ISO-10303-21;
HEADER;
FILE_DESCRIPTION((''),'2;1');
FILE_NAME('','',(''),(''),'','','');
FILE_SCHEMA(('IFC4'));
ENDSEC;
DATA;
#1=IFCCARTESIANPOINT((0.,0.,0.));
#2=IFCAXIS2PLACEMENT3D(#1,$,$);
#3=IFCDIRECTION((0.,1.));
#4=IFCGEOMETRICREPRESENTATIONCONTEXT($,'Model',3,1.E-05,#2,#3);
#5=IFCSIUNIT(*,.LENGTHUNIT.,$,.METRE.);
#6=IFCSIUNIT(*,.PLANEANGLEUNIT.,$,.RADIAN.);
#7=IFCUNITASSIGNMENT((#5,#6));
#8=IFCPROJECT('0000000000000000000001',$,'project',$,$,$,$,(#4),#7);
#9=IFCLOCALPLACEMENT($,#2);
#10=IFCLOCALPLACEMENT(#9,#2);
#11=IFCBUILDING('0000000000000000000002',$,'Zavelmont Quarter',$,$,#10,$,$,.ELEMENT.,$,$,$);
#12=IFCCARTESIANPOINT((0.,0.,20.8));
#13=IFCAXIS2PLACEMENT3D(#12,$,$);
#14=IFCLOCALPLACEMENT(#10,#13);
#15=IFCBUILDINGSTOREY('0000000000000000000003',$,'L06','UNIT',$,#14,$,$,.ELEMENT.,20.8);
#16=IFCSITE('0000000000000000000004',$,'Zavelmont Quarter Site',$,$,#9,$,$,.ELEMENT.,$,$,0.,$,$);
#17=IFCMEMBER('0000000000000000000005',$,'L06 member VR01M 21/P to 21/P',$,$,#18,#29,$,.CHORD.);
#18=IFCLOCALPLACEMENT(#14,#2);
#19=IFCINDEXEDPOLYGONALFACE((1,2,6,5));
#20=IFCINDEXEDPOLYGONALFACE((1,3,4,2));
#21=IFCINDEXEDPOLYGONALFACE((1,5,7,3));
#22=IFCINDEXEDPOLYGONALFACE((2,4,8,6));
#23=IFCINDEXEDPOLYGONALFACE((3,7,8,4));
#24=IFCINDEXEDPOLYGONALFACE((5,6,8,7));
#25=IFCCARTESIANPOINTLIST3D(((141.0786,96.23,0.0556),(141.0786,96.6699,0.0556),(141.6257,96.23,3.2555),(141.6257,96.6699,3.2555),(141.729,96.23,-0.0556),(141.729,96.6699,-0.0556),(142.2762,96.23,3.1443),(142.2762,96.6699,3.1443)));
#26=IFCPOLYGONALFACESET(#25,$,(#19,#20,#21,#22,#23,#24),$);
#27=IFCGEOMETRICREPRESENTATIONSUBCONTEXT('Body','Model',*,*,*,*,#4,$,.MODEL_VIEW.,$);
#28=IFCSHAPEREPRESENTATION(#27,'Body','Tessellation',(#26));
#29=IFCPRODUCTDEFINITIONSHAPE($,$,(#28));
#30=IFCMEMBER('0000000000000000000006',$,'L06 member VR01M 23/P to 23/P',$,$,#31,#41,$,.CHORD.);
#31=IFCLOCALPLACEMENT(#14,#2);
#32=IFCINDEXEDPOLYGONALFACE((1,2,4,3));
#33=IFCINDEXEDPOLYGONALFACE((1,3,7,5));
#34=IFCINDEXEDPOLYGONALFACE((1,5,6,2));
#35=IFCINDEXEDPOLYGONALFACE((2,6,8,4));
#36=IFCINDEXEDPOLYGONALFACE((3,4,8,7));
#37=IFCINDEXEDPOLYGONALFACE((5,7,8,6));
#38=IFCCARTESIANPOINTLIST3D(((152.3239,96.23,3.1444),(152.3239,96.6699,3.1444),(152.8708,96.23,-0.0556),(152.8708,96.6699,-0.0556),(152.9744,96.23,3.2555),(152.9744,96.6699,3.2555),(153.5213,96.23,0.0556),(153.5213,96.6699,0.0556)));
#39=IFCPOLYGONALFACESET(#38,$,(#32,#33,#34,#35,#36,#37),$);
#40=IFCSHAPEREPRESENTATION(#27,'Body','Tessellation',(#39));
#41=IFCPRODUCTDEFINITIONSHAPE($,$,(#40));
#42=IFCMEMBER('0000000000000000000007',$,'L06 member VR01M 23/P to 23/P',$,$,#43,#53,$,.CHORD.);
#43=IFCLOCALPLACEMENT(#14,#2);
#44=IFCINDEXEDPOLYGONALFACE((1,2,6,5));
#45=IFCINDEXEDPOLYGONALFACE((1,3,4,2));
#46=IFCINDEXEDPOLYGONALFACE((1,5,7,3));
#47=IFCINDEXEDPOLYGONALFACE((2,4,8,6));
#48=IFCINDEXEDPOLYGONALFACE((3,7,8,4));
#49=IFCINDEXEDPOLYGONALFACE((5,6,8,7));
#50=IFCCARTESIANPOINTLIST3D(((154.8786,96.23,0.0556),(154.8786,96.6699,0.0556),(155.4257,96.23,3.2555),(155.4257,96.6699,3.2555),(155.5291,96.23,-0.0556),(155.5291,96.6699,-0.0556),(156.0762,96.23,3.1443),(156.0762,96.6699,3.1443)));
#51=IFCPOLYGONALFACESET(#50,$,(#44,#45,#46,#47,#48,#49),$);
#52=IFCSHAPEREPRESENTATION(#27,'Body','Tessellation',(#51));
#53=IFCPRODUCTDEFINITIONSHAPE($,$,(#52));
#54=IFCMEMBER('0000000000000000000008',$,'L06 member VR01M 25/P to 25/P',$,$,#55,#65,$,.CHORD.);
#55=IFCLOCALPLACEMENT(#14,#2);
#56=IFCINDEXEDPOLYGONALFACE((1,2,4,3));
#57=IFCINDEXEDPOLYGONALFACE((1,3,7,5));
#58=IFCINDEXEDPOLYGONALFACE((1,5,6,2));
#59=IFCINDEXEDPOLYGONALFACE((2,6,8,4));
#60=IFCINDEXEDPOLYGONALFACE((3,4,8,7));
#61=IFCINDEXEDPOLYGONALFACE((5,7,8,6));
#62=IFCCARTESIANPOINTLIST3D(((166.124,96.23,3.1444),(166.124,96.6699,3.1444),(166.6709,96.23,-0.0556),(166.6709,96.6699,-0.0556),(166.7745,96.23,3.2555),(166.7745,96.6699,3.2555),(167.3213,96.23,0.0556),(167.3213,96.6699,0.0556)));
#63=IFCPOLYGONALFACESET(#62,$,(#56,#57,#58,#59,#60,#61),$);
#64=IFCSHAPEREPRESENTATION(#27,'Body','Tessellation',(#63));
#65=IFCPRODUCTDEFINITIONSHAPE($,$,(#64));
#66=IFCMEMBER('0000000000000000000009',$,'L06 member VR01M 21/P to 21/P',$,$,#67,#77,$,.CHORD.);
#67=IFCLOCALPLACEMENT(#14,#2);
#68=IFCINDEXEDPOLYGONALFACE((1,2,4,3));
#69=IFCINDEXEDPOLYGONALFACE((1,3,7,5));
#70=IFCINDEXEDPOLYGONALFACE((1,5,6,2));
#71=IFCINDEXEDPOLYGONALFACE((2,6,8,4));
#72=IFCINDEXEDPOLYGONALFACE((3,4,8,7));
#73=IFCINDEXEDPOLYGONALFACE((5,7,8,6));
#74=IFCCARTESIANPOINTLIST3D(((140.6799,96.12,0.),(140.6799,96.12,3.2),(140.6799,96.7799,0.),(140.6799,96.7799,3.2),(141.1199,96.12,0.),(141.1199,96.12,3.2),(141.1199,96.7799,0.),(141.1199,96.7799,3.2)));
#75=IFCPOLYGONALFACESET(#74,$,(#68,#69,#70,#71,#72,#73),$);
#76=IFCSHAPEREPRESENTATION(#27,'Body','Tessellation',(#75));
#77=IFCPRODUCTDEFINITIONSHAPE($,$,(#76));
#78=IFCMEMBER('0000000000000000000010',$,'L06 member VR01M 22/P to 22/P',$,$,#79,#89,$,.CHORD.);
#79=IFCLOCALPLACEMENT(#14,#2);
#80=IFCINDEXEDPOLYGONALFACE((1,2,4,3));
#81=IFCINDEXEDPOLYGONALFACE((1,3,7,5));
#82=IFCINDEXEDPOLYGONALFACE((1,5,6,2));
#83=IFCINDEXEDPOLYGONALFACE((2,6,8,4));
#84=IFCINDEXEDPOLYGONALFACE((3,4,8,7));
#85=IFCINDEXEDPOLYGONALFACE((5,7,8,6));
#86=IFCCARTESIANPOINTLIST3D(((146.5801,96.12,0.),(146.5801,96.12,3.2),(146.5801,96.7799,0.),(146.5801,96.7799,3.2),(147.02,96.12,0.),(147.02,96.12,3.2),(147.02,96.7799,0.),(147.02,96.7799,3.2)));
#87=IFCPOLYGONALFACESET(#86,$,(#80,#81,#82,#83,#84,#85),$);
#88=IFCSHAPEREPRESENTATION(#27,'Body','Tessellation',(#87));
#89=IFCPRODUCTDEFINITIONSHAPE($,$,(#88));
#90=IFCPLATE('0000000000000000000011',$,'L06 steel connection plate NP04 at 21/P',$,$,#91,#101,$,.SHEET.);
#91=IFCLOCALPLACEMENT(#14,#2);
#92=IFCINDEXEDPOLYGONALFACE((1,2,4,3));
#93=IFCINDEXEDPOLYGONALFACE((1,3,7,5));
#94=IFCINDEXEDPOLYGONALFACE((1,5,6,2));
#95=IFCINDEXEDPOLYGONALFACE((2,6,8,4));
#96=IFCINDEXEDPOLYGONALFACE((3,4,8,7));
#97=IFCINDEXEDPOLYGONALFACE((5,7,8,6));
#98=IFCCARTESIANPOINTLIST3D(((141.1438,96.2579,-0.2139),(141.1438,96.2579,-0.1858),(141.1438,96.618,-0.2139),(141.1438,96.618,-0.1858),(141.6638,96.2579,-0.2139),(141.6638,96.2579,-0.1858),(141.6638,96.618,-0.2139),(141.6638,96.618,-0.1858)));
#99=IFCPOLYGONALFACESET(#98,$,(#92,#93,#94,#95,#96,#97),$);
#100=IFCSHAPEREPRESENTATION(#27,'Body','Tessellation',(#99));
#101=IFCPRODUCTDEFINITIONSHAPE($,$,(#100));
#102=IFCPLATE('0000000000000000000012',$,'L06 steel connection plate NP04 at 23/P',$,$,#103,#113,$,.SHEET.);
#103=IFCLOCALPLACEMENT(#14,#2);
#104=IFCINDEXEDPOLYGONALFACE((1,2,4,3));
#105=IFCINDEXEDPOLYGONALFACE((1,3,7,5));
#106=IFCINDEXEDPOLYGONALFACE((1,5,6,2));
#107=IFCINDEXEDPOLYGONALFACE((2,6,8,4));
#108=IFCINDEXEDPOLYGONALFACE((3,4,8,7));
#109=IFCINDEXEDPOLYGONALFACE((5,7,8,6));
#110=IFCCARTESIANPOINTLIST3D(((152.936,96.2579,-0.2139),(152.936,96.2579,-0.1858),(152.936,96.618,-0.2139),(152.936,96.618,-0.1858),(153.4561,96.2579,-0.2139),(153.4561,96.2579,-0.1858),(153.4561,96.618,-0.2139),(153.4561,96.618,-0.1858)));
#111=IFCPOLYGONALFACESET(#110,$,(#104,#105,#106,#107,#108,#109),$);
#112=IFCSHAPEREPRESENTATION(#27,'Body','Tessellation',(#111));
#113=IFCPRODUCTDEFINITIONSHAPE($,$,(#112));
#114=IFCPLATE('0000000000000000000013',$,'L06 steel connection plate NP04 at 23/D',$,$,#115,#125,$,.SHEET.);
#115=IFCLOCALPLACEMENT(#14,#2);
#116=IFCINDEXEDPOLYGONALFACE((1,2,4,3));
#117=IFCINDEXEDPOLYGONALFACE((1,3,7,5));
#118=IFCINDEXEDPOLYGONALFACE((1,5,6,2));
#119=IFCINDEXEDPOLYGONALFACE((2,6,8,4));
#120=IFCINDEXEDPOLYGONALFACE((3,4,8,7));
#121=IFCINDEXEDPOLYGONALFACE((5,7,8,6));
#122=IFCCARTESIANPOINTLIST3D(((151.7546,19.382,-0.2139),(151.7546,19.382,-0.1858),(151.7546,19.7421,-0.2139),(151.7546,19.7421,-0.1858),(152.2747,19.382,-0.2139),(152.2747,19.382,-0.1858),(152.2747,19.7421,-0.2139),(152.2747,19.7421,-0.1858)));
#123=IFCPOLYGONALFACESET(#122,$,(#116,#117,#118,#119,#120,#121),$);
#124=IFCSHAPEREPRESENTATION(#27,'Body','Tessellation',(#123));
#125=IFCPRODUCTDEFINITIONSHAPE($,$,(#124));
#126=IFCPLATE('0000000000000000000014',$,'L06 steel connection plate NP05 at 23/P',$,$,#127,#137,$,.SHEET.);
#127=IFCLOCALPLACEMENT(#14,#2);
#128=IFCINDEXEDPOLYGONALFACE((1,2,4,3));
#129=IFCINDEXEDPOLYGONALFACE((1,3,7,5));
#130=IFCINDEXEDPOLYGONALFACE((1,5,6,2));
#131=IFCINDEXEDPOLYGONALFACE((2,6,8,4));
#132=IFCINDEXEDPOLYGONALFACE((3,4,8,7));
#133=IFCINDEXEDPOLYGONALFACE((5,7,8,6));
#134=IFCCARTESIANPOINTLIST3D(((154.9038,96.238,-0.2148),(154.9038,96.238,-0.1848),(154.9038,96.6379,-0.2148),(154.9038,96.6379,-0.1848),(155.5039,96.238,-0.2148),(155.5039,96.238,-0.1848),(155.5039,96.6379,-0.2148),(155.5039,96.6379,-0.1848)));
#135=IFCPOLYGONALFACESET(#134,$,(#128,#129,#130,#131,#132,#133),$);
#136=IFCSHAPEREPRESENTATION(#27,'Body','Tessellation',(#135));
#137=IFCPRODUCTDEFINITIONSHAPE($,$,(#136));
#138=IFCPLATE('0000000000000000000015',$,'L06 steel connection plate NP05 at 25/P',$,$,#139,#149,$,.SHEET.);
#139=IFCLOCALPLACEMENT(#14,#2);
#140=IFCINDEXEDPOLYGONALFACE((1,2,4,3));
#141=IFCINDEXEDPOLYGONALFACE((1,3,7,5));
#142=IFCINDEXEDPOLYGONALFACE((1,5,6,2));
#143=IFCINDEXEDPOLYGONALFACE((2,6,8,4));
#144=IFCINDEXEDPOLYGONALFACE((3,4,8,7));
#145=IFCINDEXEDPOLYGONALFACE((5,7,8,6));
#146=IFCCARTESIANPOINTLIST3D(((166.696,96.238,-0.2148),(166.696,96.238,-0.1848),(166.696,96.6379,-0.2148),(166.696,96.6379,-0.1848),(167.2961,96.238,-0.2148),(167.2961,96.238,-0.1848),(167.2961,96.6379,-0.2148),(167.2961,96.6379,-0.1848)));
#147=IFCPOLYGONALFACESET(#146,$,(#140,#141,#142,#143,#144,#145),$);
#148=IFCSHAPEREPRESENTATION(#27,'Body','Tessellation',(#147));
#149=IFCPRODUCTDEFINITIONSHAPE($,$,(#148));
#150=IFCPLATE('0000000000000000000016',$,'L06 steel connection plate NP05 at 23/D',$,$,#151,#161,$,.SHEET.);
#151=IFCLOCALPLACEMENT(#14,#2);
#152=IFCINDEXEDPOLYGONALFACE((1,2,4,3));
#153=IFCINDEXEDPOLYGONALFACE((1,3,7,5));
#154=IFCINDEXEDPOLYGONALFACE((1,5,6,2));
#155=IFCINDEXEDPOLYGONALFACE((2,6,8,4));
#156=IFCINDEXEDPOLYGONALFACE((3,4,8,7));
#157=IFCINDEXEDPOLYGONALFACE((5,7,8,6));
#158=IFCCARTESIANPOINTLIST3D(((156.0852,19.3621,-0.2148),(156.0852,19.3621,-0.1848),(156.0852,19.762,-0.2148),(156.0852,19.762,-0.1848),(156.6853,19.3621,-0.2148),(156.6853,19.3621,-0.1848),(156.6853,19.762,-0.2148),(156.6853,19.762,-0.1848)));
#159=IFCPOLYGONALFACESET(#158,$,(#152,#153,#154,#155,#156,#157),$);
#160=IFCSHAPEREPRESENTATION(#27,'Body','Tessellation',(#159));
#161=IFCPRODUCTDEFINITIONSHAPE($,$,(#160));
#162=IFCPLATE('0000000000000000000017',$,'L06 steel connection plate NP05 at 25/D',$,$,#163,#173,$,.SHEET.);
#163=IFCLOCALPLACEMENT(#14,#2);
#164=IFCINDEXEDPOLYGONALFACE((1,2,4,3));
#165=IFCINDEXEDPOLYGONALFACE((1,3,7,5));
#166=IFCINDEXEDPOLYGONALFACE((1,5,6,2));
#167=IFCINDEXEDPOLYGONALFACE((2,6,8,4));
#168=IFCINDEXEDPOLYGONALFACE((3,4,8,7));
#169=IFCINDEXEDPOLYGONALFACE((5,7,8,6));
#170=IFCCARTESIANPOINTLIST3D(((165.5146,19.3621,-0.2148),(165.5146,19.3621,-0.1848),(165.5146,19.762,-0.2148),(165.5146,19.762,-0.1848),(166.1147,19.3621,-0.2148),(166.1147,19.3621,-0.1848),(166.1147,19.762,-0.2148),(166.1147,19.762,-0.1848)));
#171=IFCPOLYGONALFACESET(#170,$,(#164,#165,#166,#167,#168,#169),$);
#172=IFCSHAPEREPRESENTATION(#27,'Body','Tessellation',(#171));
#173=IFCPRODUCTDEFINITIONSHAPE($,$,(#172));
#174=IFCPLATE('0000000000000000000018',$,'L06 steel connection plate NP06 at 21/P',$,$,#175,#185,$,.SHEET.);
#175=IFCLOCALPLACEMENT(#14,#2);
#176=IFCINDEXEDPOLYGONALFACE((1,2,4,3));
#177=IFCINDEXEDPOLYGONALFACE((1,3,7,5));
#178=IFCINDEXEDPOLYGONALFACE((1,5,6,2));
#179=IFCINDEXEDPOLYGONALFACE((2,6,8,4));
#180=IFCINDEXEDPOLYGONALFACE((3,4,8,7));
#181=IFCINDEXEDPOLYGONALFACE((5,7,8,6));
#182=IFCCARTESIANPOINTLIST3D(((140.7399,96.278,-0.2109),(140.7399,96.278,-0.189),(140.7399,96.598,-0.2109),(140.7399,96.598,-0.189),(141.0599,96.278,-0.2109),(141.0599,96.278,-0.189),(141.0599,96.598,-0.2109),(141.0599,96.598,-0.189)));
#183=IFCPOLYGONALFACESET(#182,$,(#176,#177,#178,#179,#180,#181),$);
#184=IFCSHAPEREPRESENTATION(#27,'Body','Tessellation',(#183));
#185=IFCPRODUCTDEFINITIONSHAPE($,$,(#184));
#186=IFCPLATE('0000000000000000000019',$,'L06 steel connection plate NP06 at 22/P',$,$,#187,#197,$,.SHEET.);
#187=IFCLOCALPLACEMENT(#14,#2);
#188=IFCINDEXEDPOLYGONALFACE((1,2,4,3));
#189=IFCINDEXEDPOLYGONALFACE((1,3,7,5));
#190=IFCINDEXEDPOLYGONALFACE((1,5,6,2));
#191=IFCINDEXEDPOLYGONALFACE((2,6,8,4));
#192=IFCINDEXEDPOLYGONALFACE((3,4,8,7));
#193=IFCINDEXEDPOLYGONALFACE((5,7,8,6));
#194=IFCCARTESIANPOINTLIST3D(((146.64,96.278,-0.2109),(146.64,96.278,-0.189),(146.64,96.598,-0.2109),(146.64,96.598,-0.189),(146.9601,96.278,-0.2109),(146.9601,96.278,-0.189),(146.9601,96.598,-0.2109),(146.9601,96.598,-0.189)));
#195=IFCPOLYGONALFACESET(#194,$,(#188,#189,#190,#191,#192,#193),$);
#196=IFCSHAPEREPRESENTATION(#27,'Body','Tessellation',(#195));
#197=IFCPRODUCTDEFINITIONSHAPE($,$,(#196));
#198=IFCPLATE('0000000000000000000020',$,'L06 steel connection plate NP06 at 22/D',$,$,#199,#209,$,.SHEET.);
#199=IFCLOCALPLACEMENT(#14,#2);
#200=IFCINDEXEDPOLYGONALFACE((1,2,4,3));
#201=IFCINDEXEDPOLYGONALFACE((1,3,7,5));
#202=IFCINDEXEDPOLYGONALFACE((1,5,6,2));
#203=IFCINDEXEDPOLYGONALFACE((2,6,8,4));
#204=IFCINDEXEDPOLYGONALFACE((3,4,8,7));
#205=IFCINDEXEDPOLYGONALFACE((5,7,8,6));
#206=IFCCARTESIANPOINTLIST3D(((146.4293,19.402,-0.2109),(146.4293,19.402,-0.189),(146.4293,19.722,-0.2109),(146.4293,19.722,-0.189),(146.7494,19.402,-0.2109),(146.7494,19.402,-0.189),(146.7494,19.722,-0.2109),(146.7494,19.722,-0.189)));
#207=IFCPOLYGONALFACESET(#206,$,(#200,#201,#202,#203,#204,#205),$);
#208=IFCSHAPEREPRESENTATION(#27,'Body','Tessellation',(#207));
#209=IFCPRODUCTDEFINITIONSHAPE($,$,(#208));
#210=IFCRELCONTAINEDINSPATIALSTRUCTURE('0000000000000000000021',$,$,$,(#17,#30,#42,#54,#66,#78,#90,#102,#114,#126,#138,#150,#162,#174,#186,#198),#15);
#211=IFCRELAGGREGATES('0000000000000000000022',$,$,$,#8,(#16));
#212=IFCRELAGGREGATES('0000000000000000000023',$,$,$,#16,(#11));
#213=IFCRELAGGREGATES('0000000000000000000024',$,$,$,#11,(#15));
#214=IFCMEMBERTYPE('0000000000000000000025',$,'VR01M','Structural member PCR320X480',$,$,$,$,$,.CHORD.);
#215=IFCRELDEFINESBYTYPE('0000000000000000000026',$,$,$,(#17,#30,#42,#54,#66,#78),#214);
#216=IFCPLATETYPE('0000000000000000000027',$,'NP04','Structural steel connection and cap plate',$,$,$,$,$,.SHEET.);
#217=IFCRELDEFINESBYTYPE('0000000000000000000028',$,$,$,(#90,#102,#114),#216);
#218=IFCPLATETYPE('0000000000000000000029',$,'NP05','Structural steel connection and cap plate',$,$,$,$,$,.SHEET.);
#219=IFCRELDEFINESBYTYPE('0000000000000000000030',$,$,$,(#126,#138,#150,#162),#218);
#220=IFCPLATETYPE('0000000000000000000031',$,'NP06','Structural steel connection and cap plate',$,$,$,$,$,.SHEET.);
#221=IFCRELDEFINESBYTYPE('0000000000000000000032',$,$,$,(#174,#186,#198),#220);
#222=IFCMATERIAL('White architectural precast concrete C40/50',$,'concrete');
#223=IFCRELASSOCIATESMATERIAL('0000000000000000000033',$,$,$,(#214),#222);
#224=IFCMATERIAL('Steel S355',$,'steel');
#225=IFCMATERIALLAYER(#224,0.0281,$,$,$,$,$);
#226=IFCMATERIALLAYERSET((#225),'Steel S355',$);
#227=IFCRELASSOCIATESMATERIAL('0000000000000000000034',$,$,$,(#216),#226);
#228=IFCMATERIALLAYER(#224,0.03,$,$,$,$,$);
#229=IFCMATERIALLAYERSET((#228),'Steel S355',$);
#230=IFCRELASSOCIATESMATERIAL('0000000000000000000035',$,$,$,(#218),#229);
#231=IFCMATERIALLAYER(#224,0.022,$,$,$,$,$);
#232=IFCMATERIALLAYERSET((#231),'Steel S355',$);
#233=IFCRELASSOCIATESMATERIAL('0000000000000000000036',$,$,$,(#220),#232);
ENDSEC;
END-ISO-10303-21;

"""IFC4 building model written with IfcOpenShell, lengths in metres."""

from ifc_helpers import new_model, si_unit, direction, frame, origin, origin_2d, place, context, subcontext, project, spatial, rectangle, extrude, material, layer, layer_set, material_profile, profile_set, type_object, element, save


model = new_model("IFC4")

# Units and contexts
model_context = context("Model", 3, precision=1e-05, world=origin(), true_north=direction((0.0, 1.0)))
body_context = subcontext(model_context, "Body", "Model", "MODEL_VIEW")
ifc_project = project(units=[si_unit("LENGTHUNIT", "METRE"), si_unit("PLANEANGLEUNIT", "RADIAN")], contexts=[model_context])

# Site, building, storey
site_placement = place(None, origin())
site = spatial("IfcSite", under=ifc_project, at=site_placement, Name="Zavelmont Quarter Site", CompositionType="ELEMENT", RefElevation=0.0)
building_placement = place(site_placement, origin())
building = spatial("IfcBuilding", under=site, at=building_placement, Name="Zavelmont Quarter", CompositionType="ELEMENT")
storey_placement = place(building_placement, frame((0.0, 0.0, 20.8)))
storey = spatial("IfcBuildingStorey", under=building, at=storey_placement, Name="L06", Description="UNIT", CompositionType="ELEMENT", Elevation=20.8)

# Members
ifc_material_1 = material(Name="White architectural precast concrete C40/50", Category="concrete")
ifc_material_profile = material_profile(ifc_material_1, rectangle(XDim=0.4399, YDim=0.6599, at=origin_2d()), Name="PCR320X480")
ifc_profile_set = profile_set([ifc_material_profile], Name="White architectural precast concrete C40/50")
member_type = type_object("IfcMemberType", Name="VR01M", Description="Structural member PCR320X480", PredefinedType="CHORD", material=ifc_profile_set)
for number, where, z_axis, x_axis, name in (
    (1, (141.4038, 96.45, 0.0), (0.168532, 0.0, 0.985696), (0.0, 1.0, 0.0), "L06 member VR01M 21/P to 21/P"),
    (2, (153.196, 96.45, 0.0), (-0.168459, 0.0, 0.985709), (0.0, -1.0, 0.0), "L06 member VR01M 23/P to 23/P"),
    (3, (155.2039, 96.45, 0.0), (0.168532, 0.0, 0.985696), (0.0, 1.0, 0.0), "L06 member VR01M 23/P to 23/P"),
    (4, (166.9961, 96.45, 0.0), (-0.168459, 0.0, 0.985709), (0.0, -1.0, 0.0), "L06 member VR01M 25/P to 25/P"),
):
    element("IfcMember", number, at=place(storey_placement, frame(where, z_axis=z_axis, x_axis=x_axis)), inside=storey, type_object=member_type, Name=name, PredefinedType="CHORD", context=body_context, shape_type="SweptSolid", body=[
        extrude(rectangle(XDim=0.4399, YDim=0.6599, at=origin_2d()), origin(), (0.0, 0.0, 1.0), 3.2463),
    ])
for number, where, z_axis, x_axis, name in (
    (5, (140.8999, 96.45, 0.0), (0.0, 0.0, 1.0), (1.0, 0.0, 0.0), "L06 member VR01M 21/P to 21/P"),
    (6, (146.8, 96.45, 0.0), (0.0, 0.0, 1.0), (1.0, 0.0, 0.0), "L06 member VR01M 22/P to 22/P"),
):
    element("IfcMember", number, at=place(storey_placement, frame(where, z_axis=z_axis, x_axis=x_axis)), inside=storey, type_object=member_type, Name=name, PredefinedType="CHORD", context=body_context, shape_type="SweptSolid", body=[
        extrude(rectangle(XDim=0.4399, YDim=0.6599, at=origin_2d()), origin(), (0.0, 0.0, 1.0), 3.2),
    ])

# Plates
ifc_material_2 = material(Name="Steel S355", Category="steel")
ifc_layer_1 = layer(ifc_material_2, 0.0281)
ifc_layer_set_1 = layer_set([ifc_layer_1], Name="Steel S355")
plate_type_1 = type_object("IfcPlateType", Name="NP04", Description="Structural steel connection and cap plate", PredefinedType="SHEET", material=ifc_layer_set_1)
for number, where, z_axis, x_axis, name in (
    (7, (141.4038, 96.438, -0.2139), (0.0, 0.0, 1.0), (1.0, 0.0, 0.0), "L06 steel connection plate NP04 at 21/P"),
    (8, (153.196, 96.438, -0.2139), (0.0, 0.0, 1.0), (1.0, 0.0, 0.0), "L06 steel connection plate NP04 at 23/P"),
    (9, (152.0146, 19.562, -0.2139), (0.0, 0.0, 1.0), (1.0, 0.0, 0.0), "L06 steel connection plate NP04 at 23/D"),
):
    element("IfcPlate", number, at=place(storey_placement, frame(where, z_axis=z_axis, x_axis=x_axis)), inside=storey, type_object=plate_type_1, Name=name, PredefinedType="SHEET", context=body_context, shape_type="SweptSolid", body=[
        extrude(rectangle(XDim=0.52, YDim=0.3601, at=origin_2d()), origin(), (0.0, 0.0, 1.0), 0.0281),
    ])
ifc_layer_2 = layer(ifc_material_2, 0.03)
ifc_layer_set_2 = layer_set([ifc_layer_2], Name="Steel S355")
plate_type_2 = type_object("IfcPlateType", Name="NP05", Description="Structural steel connection and cap plate", PredefinedType="SHEET", material=ifc_layer_set_2)
for number, where, z_axis, x_axis, name in (
    (10, (155.2039, 96.438, -0.2148), (0.0, 0.0, 1.0), (1.0, 0.0, 0.0), "L06 steel connection plate NP05 at 23/P"),
    (11, (166.9961, 96.438, -0.2148), (0.0, 0.0, 1.0), (1.0, 0.0, 0.0), "L06 steel connection plate NP05 at 25/P"),
    (12, (156.3853, 19.562, -0.2148), (0.0, 0.0, 1.0), (1.0, 0.0, 0.0), "L06 steel connection plate NP05 at 23/D"),
    (13, (165.8147, 19.562, -0.2148), (0.0, 0.0, 1.0), (1.0, 0.0, 0.0), "L06 steel connection plate NP05 at 25/D"),
):
    element("IfcPlate", number, at=place(storey_placement, frame(where, z_axis=z_axis, x_axis=x_axis)), inside=storey, type_object=plate_type_2, Name=name, PredefinedType="SHEET", context=body_context, shape_type="SweptSolid", body=[
        extrude(rectangle(XDim=0.6001, YDim=0.3999, at=origin_2d()), origin(), (0.0, 0.0, 1.0), 0.03),
    ])
ifc_layer_3 = layer(ifc_material_2, 0.022)
ifc_layer_set_3 = layer_set([ifc_layer_3], Name="Steel S355")
plate_type_3 = type_object("IfcPlateType", Name="NP06", Description="Structural steel connection and cap plate", PredefinedType="SHEET", material=ifc_layer_set_3)
for number, where, z_axis, x_axis, name in (
    (14, (140.8999, 96.438, -0.2109), (0.0, 0.0, 1.0), (1.0, 0.0, 0.0), "L06 steel connection plate NP06 at 21/P"),
    (15, (146.8, 96.438, -0.2109), (0.0, 0.0, 1.0), (1.0, 0.0, 0.0), "L06 steel connection plate NP06 at 22/P"),
    (16, (146.5894, 19.562, -0.2109), (0.0, 0.0, 1.0), (1.0, 0.0, 0.0), "L06 steel connection plate NP06 at 22/D"),
):
    element("IfcPlate", number, at=place(storey_placement, frame(where, z_axis=z_axis, x_axis=x_axis)), inside=storey, type_object=plate_type_3, Name=name, PredefinedType="SHEET", context=body_context, shape_type="SweptSolid", body=[
        extrude(rectangle(XDim=0.3201, YDim=0.3201, at=origin_2d()), origin(), (0.0, 0.0, 1.0), 0.022),
    ])

save(model, "model.ifc")
